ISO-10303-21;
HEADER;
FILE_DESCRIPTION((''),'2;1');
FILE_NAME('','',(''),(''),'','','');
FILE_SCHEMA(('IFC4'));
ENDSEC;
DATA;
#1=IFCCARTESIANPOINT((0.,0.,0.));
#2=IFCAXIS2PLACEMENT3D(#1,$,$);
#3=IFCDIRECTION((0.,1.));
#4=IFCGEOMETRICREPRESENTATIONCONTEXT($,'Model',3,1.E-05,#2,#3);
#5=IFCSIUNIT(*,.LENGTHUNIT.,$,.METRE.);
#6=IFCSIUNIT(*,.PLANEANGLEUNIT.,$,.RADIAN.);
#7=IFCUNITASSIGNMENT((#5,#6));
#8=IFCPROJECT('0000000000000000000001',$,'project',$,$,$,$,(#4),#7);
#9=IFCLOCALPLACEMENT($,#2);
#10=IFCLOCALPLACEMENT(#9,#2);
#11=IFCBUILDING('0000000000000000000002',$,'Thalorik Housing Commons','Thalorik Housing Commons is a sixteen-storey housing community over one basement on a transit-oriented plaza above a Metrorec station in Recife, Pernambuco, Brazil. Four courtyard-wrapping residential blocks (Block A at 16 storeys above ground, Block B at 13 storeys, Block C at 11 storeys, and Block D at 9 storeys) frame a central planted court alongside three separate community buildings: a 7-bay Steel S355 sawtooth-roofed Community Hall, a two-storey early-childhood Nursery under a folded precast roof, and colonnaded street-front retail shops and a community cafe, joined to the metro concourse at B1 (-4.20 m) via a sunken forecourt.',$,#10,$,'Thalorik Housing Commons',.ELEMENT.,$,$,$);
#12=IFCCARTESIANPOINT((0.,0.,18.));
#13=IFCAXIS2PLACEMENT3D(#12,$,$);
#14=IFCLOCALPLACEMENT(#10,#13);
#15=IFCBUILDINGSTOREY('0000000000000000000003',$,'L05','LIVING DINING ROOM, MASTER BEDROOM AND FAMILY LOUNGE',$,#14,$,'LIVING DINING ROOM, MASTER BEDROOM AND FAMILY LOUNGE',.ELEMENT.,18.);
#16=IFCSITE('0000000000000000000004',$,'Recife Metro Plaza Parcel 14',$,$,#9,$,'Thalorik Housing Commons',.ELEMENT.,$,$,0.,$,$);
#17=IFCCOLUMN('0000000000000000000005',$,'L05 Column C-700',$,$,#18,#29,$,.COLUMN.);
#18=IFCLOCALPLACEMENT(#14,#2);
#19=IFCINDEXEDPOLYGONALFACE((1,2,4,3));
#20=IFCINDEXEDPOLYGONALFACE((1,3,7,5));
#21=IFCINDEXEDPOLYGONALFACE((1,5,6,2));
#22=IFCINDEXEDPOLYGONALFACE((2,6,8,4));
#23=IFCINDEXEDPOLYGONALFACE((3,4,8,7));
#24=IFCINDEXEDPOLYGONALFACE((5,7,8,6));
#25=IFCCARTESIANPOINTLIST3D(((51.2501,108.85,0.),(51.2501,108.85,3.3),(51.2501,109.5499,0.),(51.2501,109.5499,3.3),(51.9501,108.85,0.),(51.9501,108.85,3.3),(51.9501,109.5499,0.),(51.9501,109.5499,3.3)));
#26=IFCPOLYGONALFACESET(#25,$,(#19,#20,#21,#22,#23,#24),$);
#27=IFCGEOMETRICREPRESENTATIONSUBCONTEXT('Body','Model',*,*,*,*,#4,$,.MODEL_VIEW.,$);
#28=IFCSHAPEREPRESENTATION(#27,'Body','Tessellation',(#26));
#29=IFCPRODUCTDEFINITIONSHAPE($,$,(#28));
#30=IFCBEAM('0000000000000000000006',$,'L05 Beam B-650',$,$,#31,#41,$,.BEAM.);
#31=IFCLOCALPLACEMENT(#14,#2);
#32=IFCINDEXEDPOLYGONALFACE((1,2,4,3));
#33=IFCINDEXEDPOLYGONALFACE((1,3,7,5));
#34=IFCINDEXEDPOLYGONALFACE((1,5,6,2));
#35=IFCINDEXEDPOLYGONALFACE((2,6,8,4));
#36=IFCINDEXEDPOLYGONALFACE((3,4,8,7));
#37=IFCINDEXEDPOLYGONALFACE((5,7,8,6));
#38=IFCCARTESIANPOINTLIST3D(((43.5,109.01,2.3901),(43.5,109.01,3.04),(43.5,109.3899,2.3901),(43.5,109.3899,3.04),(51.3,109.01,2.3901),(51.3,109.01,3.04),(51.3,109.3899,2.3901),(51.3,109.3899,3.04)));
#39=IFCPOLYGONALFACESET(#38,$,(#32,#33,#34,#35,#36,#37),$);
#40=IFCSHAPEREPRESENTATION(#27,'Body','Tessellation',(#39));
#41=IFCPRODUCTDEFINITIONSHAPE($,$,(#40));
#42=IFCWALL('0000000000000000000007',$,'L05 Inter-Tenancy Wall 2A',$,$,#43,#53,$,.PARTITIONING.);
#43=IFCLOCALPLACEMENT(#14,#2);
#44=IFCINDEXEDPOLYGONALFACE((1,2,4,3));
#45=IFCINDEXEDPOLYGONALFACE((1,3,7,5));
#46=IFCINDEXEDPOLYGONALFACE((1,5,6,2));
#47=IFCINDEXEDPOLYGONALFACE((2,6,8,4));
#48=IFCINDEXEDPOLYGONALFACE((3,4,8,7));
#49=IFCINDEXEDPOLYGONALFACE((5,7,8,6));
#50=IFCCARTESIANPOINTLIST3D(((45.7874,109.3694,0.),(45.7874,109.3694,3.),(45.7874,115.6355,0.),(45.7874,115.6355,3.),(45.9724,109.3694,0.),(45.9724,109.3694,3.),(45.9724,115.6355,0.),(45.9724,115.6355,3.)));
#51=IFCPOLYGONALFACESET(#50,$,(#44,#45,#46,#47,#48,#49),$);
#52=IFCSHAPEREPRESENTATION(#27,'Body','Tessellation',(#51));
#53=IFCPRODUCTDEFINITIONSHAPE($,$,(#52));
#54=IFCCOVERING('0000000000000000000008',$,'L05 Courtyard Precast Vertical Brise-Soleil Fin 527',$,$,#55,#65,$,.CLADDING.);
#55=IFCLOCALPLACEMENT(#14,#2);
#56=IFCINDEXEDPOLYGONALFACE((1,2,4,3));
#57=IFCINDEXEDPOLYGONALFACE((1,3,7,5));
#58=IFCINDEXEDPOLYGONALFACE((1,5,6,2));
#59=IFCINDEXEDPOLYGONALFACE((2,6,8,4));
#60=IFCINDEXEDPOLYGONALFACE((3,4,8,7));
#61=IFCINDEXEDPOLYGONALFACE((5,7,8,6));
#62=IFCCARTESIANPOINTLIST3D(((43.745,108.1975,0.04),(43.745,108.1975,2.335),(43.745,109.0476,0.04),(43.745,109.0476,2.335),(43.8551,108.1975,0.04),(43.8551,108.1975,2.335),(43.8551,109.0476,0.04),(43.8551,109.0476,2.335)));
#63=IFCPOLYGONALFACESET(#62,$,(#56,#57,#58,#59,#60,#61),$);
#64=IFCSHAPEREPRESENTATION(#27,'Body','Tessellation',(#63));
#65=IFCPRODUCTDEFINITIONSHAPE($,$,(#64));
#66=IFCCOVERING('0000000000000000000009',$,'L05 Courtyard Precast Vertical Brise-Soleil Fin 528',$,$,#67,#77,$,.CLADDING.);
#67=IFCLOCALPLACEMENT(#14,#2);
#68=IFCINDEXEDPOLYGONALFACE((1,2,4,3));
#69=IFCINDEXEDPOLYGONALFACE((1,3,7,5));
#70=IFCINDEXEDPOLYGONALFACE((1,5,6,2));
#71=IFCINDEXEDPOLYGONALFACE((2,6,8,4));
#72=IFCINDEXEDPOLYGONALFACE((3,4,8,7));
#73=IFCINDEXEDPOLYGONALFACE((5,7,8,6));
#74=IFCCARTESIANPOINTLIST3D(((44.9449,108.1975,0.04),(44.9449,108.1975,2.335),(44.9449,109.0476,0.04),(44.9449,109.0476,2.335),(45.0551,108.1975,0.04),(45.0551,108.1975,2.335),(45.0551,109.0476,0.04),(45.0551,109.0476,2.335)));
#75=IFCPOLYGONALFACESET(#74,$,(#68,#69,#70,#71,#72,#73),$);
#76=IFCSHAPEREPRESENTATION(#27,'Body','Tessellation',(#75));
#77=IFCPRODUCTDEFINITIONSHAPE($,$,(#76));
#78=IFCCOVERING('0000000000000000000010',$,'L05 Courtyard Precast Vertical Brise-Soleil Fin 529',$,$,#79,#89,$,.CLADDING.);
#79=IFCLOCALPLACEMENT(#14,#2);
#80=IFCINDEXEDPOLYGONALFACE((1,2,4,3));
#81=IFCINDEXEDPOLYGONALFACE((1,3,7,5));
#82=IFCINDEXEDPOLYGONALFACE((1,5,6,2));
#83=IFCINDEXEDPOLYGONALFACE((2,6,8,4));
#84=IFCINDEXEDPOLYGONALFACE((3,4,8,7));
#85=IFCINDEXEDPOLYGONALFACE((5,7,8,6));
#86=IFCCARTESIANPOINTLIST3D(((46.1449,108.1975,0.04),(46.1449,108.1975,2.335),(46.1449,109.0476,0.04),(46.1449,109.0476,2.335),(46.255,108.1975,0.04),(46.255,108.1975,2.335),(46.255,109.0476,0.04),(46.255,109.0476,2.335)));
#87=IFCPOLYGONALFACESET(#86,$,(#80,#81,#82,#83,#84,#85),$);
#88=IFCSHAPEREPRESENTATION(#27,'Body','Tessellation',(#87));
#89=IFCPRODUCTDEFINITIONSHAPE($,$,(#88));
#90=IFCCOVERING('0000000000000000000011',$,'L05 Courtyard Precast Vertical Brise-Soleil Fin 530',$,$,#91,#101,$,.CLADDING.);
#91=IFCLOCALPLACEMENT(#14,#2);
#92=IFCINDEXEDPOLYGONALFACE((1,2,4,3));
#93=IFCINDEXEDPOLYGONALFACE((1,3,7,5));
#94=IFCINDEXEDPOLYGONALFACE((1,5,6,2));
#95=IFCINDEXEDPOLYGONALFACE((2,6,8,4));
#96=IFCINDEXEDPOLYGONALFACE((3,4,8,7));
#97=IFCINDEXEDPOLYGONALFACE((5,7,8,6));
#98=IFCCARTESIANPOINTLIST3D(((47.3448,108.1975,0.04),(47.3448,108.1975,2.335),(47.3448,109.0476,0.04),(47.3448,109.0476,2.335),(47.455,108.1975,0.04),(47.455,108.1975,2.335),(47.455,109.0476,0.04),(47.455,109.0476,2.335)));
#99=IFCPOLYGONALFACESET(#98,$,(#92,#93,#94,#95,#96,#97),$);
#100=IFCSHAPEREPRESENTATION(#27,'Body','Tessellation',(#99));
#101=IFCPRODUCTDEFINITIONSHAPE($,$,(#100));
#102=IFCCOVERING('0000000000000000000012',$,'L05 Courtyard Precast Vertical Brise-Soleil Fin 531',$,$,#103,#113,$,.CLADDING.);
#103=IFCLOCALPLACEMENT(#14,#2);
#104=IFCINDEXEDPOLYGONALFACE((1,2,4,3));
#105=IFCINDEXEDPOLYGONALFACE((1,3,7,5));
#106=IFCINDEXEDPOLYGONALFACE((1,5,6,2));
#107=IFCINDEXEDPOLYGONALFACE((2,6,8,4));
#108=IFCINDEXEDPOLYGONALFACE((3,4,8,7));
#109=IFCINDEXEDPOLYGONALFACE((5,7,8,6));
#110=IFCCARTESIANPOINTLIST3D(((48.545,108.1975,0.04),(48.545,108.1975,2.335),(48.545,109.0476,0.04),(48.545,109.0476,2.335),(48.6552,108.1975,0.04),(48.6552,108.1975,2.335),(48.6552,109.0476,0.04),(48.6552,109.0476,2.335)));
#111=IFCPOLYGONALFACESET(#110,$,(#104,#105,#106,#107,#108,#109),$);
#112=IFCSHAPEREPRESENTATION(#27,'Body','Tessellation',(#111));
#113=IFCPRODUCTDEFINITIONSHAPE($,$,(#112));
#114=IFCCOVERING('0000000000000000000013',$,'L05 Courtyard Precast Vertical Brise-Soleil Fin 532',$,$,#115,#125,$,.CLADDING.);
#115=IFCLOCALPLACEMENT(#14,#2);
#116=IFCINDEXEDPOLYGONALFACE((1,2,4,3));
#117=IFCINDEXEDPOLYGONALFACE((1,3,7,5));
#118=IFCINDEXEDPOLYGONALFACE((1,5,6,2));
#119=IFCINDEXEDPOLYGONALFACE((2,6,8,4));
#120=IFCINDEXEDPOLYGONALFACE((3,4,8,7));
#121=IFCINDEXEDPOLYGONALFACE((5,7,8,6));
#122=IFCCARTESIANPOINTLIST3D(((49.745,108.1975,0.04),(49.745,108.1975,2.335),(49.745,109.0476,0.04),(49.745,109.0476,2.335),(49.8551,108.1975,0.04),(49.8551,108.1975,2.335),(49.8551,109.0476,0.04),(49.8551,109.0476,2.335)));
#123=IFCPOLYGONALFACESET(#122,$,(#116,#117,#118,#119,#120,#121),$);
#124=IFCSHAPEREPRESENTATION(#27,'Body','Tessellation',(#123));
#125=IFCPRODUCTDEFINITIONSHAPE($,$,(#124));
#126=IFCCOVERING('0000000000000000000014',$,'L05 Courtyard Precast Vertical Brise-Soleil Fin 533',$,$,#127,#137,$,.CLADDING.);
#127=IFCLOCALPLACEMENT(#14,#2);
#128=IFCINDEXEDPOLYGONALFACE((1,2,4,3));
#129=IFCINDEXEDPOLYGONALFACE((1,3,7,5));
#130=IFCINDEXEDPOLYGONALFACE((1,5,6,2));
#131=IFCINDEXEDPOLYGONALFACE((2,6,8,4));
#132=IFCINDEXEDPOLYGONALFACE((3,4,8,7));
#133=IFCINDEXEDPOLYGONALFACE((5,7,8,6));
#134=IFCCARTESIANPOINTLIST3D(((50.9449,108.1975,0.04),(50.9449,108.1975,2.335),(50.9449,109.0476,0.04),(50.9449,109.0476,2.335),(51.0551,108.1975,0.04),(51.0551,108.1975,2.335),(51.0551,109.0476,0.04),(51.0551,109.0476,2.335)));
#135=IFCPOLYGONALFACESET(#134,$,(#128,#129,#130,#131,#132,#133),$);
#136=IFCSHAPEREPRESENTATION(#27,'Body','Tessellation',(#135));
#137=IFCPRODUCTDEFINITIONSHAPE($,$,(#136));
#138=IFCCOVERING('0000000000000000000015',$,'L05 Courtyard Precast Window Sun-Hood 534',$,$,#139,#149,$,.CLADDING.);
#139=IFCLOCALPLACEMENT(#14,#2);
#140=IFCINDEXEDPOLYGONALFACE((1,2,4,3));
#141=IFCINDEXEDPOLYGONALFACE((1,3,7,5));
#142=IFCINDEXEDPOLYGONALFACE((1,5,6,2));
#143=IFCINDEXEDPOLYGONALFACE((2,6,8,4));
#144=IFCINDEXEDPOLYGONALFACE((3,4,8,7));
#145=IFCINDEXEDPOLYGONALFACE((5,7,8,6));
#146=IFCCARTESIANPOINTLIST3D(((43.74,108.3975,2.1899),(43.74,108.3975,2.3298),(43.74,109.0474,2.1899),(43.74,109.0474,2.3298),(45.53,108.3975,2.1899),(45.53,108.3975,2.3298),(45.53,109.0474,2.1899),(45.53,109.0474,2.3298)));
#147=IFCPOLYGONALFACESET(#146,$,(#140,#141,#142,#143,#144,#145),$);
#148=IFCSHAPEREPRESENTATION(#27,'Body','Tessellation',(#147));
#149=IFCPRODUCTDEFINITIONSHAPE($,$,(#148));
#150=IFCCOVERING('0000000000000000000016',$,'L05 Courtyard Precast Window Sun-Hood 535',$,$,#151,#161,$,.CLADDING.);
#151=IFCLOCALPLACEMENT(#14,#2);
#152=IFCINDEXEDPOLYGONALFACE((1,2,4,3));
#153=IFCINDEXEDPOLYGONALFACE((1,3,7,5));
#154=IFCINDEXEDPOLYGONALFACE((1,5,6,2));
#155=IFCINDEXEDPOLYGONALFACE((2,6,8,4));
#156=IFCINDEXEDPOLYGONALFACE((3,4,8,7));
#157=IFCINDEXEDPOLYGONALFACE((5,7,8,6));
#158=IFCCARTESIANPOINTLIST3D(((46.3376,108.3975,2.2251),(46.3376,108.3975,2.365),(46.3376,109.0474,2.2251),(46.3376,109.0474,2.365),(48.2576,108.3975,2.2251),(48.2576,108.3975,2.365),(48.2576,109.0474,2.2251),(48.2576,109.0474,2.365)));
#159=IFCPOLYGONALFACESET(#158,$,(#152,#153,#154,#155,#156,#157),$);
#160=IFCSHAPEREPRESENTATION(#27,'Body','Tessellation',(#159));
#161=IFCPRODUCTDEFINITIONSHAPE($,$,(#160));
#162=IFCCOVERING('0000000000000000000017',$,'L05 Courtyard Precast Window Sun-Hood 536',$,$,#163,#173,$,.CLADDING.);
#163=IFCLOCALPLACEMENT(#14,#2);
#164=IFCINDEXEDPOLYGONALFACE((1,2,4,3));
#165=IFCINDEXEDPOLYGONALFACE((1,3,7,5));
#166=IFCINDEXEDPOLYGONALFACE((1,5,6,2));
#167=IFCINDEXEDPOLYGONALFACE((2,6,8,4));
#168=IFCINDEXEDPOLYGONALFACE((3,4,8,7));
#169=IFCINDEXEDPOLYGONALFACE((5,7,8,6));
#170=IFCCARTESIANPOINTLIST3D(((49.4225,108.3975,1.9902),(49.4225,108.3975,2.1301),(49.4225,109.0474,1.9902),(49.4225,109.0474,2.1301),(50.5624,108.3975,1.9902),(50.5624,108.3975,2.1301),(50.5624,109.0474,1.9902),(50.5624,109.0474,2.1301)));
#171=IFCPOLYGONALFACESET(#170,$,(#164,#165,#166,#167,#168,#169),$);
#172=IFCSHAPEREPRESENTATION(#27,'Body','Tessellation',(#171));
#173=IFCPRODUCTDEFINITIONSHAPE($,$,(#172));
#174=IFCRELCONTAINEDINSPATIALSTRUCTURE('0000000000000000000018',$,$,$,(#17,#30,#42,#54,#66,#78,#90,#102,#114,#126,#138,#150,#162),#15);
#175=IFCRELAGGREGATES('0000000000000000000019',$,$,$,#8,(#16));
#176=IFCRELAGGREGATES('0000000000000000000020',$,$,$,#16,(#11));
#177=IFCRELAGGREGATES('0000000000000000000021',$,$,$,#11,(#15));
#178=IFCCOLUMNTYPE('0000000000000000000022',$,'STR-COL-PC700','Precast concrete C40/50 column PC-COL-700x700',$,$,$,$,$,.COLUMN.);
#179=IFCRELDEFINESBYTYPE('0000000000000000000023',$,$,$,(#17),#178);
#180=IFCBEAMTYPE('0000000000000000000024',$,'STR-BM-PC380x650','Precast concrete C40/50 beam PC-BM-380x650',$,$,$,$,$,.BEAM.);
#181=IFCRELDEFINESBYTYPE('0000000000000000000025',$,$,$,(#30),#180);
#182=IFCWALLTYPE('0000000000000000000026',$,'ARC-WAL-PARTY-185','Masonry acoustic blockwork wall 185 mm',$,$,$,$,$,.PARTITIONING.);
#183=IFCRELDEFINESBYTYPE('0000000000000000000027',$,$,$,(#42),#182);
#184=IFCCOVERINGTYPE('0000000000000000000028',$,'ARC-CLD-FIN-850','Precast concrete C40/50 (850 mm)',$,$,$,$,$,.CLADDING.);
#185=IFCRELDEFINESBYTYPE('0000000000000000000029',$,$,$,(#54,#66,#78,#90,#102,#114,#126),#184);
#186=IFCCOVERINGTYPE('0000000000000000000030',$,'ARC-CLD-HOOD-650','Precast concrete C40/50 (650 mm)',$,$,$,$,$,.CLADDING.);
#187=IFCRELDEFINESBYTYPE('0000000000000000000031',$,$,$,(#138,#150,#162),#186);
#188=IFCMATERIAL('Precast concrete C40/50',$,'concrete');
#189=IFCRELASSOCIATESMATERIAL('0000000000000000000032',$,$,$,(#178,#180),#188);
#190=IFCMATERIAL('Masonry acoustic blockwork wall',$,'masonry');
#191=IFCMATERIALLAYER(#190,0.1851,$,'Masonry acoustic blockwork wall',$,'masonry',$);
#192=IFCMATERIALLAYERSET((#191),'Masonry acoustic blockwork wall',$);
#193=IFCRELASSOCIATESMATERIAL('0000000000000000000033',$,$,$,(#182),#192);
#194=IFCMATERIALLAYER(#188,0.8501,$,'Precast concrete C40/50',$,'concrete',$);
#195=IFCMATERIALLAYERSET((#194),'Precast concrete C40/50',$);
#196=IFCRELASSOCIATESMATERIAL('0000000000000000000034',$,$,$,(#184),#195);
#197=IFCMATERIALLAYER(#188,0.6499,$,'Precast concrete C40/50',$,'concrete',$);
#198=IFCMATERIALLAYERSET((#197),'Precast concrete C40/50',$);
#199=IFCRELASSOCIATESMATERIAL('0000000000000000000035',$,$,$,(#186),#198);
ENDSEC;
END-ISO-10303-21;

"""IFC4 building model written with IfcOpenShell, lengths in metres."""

from ifc_helpers import new_model, si_unit, direction, frame, frame_2d, origin, origin_2d, place, context, subcontext, project, spatial, rectangle, extrude, material, layer, layer_set, material_profile, profile_set, type_object, element, save


model = new_model("IFC4")

# Units and contexts
model_context = context("Model", 3, precision=1e-05, world=origin(), true_north=direction((0.0, 1.0)))
body_context = subcontext(model_context, "Body", "Model", "MODEL_VIEW")
ifc_project = project(units=[si_unit("LENGTHUNIT", "METRE"), si_unit("PLANEANGLEUNIT", "RADIAN")], contexts=[model_context])

# Site, building, storey
site_placement = place(None, origin())
site = spatial("IfcSite", under=ifc_project, at=site_placement, Name="Recife Metro Plaza Parcel 14", LongName="Thalorik Housing Commons", CompositionType="ELEMENT", RefElevation=0.0)
building_placement = place(site_placement, origin())
building = spatial("IfcBuilding", under=site, at=building_placement, Name="Thalorik Housing Commons", Description="Thalorik Housing Commons is a sixteen-storey housing community over one basement on a transit-oriented plaza above a Metrorec station in Recife, Pernambuco, Brazil. Four courtyard-wrapping residential blocks (Block A at 16 storeys above ground, Block B at 13 storeys, Block C at 11 storeys, and Block D at 9 storeys) frame a central planted court alongside three separate community buildings: a 7-bay Steel S355 sawtooth-roofed Community Hall, a two-storey early-childhood Nursery under a folded precast roof, and colonnaded street-front retail shops and a community cafe, joined to the metro concourse at B1 (-4.20 m) via a sunken forecourt.", LongName="Thalorik Housing Commons", CompositionType="ELEMENT")
storey_placement = place(building_placement, frame((0.0, 0.0, 18.0)))
storey = spatial("IfcBuildingStorey", under=building, at=storey_placement, Name="L05", Description="LIVING DINING ROOM, MASTER BEDROOM AND FAMILY LOUNGE", LongName="LIVING DINING ROOM, MASTER BEDROOM AND FAMILY LOUNGE", CompositionType="ELEMENT", Elevation=18.0)

# Column
ifc_material_1 = material(Name="Precast concrete C40/50", Category="concrete")
ifc_material_profile_1 = material_profile(ifc_material_1, rectangle(XDim=0.7, YDim=0.7, at=origin_2d()), Name="PC 700x700", Category="concrete")
ifc_profile_set_1 = profile_set([ifc_material_profile_1], Name="Precast concrete C40/50")
column_type = type_object("IfcColumnType", Name="STR-COL-PC700", Description="Precast concrete C40/50 column PC-COL-700x700", PredefinedType="COLUMN", material=ifc_profile_set_1)
column_placement = place(storey_placement, frame((51.6001, 109.2, 0.0), z_axis=(0.0, 0.0, 1.0), x_axis=(1.0, 0.0, 0.0)))
element("IfcColumn", 1, at=column_placement, inside=storey, type_object=column_type, Name="L05 Column C-700", PredefinedType="COLUMN", context=body_context, shape_type="SweptSolid", body=[
    extrude(rectangle(XDim=0.7, YDim=0.7, at=origin_2d()), origin(), (0.0, 0.0, 1.0), 3.3),
])

# Beam
ifc_material_profile_2 = material_profile(ifc_material_1, rectangle(XDim=0.3799, YDim=0.6499, at=origin_2d()), Name="PC 380x650", Category="concrete")
ifc_profile_set_2 = profile_set([ifc_material_profile_2], Name="Precast concrete C40/50")
beam_type = type_object("IfcBeamType", Name="STR-BM-PC380x650", Description="Precast concrete C40/50 beam PC-BM-380x650", PredefinedType="BEAM", material=ifc_profile_set_2)
beam_placement = place(storey_placement, frame((43.5, 109.2, 2.7151), z_axis=(1.0, 0.0, 0.0), x_axis=(0.0, 1.0, 0.0)))
element("IfcBeam", 2, at=beam_placement, inside=storey, type_object=beam_type, Name="L05 Beam B-650", PredefinedType="BEAM", context=body_context, shape_type="SweptSolid", body=[
    extrude(rectangle(XDim=0.3799, YDim=0.6499, at=origin_2d()), origin(), (0.0, 0.0, 1.0), 7.8),
])

# Wall
ifc_material_2 = material(Name="Masonry acoustic blockwork wall", Category="masonry")
ifc_layer_1 = layer(ifc_material_2, 0.1851, Name="Masonry acoustic blockwork wall", Category="masonry")
ifc_layer_set_1 = layer_set([ifc_layer_1], Name="Masonry acoustic blockwork wall")
wall_type = type_object("IfcWallType", Name="ARC-WAL-PARTY-185", Description="Masonry acoustic blockwork wall 185 mm", PredefinedType="PARTITIONING", material=ifc_layer_set_1)
wall_placement = place(storey_placement, frame((45.8799, 109.3694, 0.0), z_axis=(0.0, 0.0, 1.0), x_axis=(0.0, 1.0, 0.0)))
element("IfcWall", 3, at=wall_placement, inside=storey, type_object=wall_type, Name="L05 Inter-Tenancy Wall 2A", PredefinedType="PARTITIONING", context=body_context, shape_type="SweptSolid", body=[
    extrude(rectangle(XDim=6.2661, YDim=0.1851, at=frame_2d((3.1331, 0.0))), origin(), (0.0, 0.0, 1.0), 3.0),
])

# Coverings
ifc_layer_2 = layer(ifc_material_1, 0.8501, Name="Precast concrete C40/50", Category="concrete")
ifc_layer_set_2 = layer_set([ifc_layer_2], Name="Precast concrete C40/50")
covering_type_1 = type_object("IfcCoveringType", Name="ARC-CLD-FIN-850", Description="Precast concrete C40/50 (850 mm)", PredefinedType="CLADDING", material=ifc_layer_set_2)
for number, where, z_axis, x_axis, name in (
    (4, (43.8, 108.6226, 0.04), (0.0, 0.0, 1.0), (1.0, 0.0, 0.0), "L05 Courtyard Precast Vertical Brise-Soleil Fin 527"),
    (5, (45.0, 108.6226, 0.04), (0.0, 0.0, 1.0), (1.0, 0.0, 0.0), "L05 Courtyard Precast Vertical Brise-Soleil Fin 528"),
    (6, (46.2, 108.6226, 0.04), (0.0, 0.0, 1.0), (1.0, 0.0, 0.0), "L05 Courtyard Precast Vertical Brise-Soleil Fin 529"),
    (7, (47.3999, 108.6226, 0.04), (0.0, 0.0, 1.0), (1.0, 0.0, 0.0), "L05 Courtyard Precast Vertical Brise-Soleil Fin 530"),
    (8, (48.6001, 108.6226, 0.04), (0.0, 0.0, 1.0), (1.0, 0.0, 0.0), "L05 Courtyard Precast Vertical Brise-Soleil Fin 531"),
    (9, (49.8, 108.6226, 0.04), (0.0, 0.0, 1.0), (1.0, 0.0, 0.0), "L05 Courtyard Precast Vertical Brise-Soleil Fin 532"),
    (10, (51.0, 108.6226, 0.04), (0.0, 0.0, 1.0), (1.0, 0.0, 0.0), "L05 Courtyard Precast Vertical Brise-Soleil Fin 533"),
):
    element("IfcCovering", number, at=place(storey_placement, frame(where, z_axis=z_axis, x_axis=x_axis)), inside=storey, type_object=covering_type_1, Name=name, PredefinedType="CLADDING", context=body_context, shape_type="SweptSolid", body=[
        extrude(rectangle(XDim=0.1101, YDim=0.8501, at=origin_2d()), origin(), (0.0, 0.0, 1.0), 2.2949),
    ])
ifc_layer_3 = layer(ifc_material_1, 0.6499, Name="Precast concrete C40/50", Category="concrete")
ifc_layer_set_3 = layer_set([ifc_layer_3], Name="Precast concrete C40/50")
covering_type_2 = type_object("IfcCoveringType", Name="ARC-CLD-HOOD-650", Description="Precast concrete C40/50 (650 mm)", PredefinedType="CLADDING", material=ifc_layer_set_3)
covering_1_placement = place(storey_placement, frame((44.635, 108.7224, 2.1899), z_axis=(0.0, 0.0, 1.0), x_axis=(1.0, 0.0, 0.0)))
element("IfcCovering", 11, at=covering_1_placement, inside=storey, type_object=covering_type_2, Name="L05 Courtyard Precast Window Sun-Hood 534", PredefinedType="CLADDING", context=body_context, shape_type="SweptSolid", body=[
    extrude(rectangle(XDim=1.79, YDim=0.6499, at=origin_2d()), origin(), (0.0, 0.0, 1.0), 0.1399),
])
covering_2_placement = place(storey_placement, frame((47.2976, 108.7224, 2.2251), z_axis=(0.0, 0.0, 1.0), x_axis=(1.0, 0.0, 0.0)))
element("IfcCovering", 12, at=covering_2_placement, inside=storey, type_object=covering_type_2, Name="L05 Courtyard Precast Window Sun-Hood 535", PredefinedType="CLADDING", context=body_context, shape_type="SweptSolid", body=[
    extrude(rectangle(XDim=1.9199, YDim=0.6499, at=origin_2d()), origin(), (0.0, 0.0, 1.0), 0.1399),
])
covering_3_placement = place(storey_placement, frame((49.9924, 108.7224, 1.9902), z_axis=(0.0, 0.0, 1.0), x_axis=(1.0, 0.0, 0.0)))
element("IfcCovering", 13, at=covering_3_placement, inside=storey, type_object=covering_type_2, Name="L05 Courtyard Precast Window Sun-Hood 536", PredefinedType="CLADDING", context=body_context, shape_type="SweptSolid", body=[
    extrude(rectangle(XDim=1.1399, YDim=0.6499, at=origin_2d()), origin(), (0.0, 0.0, 1.0), 0.1399),
])

save(model, "model.ifc")
